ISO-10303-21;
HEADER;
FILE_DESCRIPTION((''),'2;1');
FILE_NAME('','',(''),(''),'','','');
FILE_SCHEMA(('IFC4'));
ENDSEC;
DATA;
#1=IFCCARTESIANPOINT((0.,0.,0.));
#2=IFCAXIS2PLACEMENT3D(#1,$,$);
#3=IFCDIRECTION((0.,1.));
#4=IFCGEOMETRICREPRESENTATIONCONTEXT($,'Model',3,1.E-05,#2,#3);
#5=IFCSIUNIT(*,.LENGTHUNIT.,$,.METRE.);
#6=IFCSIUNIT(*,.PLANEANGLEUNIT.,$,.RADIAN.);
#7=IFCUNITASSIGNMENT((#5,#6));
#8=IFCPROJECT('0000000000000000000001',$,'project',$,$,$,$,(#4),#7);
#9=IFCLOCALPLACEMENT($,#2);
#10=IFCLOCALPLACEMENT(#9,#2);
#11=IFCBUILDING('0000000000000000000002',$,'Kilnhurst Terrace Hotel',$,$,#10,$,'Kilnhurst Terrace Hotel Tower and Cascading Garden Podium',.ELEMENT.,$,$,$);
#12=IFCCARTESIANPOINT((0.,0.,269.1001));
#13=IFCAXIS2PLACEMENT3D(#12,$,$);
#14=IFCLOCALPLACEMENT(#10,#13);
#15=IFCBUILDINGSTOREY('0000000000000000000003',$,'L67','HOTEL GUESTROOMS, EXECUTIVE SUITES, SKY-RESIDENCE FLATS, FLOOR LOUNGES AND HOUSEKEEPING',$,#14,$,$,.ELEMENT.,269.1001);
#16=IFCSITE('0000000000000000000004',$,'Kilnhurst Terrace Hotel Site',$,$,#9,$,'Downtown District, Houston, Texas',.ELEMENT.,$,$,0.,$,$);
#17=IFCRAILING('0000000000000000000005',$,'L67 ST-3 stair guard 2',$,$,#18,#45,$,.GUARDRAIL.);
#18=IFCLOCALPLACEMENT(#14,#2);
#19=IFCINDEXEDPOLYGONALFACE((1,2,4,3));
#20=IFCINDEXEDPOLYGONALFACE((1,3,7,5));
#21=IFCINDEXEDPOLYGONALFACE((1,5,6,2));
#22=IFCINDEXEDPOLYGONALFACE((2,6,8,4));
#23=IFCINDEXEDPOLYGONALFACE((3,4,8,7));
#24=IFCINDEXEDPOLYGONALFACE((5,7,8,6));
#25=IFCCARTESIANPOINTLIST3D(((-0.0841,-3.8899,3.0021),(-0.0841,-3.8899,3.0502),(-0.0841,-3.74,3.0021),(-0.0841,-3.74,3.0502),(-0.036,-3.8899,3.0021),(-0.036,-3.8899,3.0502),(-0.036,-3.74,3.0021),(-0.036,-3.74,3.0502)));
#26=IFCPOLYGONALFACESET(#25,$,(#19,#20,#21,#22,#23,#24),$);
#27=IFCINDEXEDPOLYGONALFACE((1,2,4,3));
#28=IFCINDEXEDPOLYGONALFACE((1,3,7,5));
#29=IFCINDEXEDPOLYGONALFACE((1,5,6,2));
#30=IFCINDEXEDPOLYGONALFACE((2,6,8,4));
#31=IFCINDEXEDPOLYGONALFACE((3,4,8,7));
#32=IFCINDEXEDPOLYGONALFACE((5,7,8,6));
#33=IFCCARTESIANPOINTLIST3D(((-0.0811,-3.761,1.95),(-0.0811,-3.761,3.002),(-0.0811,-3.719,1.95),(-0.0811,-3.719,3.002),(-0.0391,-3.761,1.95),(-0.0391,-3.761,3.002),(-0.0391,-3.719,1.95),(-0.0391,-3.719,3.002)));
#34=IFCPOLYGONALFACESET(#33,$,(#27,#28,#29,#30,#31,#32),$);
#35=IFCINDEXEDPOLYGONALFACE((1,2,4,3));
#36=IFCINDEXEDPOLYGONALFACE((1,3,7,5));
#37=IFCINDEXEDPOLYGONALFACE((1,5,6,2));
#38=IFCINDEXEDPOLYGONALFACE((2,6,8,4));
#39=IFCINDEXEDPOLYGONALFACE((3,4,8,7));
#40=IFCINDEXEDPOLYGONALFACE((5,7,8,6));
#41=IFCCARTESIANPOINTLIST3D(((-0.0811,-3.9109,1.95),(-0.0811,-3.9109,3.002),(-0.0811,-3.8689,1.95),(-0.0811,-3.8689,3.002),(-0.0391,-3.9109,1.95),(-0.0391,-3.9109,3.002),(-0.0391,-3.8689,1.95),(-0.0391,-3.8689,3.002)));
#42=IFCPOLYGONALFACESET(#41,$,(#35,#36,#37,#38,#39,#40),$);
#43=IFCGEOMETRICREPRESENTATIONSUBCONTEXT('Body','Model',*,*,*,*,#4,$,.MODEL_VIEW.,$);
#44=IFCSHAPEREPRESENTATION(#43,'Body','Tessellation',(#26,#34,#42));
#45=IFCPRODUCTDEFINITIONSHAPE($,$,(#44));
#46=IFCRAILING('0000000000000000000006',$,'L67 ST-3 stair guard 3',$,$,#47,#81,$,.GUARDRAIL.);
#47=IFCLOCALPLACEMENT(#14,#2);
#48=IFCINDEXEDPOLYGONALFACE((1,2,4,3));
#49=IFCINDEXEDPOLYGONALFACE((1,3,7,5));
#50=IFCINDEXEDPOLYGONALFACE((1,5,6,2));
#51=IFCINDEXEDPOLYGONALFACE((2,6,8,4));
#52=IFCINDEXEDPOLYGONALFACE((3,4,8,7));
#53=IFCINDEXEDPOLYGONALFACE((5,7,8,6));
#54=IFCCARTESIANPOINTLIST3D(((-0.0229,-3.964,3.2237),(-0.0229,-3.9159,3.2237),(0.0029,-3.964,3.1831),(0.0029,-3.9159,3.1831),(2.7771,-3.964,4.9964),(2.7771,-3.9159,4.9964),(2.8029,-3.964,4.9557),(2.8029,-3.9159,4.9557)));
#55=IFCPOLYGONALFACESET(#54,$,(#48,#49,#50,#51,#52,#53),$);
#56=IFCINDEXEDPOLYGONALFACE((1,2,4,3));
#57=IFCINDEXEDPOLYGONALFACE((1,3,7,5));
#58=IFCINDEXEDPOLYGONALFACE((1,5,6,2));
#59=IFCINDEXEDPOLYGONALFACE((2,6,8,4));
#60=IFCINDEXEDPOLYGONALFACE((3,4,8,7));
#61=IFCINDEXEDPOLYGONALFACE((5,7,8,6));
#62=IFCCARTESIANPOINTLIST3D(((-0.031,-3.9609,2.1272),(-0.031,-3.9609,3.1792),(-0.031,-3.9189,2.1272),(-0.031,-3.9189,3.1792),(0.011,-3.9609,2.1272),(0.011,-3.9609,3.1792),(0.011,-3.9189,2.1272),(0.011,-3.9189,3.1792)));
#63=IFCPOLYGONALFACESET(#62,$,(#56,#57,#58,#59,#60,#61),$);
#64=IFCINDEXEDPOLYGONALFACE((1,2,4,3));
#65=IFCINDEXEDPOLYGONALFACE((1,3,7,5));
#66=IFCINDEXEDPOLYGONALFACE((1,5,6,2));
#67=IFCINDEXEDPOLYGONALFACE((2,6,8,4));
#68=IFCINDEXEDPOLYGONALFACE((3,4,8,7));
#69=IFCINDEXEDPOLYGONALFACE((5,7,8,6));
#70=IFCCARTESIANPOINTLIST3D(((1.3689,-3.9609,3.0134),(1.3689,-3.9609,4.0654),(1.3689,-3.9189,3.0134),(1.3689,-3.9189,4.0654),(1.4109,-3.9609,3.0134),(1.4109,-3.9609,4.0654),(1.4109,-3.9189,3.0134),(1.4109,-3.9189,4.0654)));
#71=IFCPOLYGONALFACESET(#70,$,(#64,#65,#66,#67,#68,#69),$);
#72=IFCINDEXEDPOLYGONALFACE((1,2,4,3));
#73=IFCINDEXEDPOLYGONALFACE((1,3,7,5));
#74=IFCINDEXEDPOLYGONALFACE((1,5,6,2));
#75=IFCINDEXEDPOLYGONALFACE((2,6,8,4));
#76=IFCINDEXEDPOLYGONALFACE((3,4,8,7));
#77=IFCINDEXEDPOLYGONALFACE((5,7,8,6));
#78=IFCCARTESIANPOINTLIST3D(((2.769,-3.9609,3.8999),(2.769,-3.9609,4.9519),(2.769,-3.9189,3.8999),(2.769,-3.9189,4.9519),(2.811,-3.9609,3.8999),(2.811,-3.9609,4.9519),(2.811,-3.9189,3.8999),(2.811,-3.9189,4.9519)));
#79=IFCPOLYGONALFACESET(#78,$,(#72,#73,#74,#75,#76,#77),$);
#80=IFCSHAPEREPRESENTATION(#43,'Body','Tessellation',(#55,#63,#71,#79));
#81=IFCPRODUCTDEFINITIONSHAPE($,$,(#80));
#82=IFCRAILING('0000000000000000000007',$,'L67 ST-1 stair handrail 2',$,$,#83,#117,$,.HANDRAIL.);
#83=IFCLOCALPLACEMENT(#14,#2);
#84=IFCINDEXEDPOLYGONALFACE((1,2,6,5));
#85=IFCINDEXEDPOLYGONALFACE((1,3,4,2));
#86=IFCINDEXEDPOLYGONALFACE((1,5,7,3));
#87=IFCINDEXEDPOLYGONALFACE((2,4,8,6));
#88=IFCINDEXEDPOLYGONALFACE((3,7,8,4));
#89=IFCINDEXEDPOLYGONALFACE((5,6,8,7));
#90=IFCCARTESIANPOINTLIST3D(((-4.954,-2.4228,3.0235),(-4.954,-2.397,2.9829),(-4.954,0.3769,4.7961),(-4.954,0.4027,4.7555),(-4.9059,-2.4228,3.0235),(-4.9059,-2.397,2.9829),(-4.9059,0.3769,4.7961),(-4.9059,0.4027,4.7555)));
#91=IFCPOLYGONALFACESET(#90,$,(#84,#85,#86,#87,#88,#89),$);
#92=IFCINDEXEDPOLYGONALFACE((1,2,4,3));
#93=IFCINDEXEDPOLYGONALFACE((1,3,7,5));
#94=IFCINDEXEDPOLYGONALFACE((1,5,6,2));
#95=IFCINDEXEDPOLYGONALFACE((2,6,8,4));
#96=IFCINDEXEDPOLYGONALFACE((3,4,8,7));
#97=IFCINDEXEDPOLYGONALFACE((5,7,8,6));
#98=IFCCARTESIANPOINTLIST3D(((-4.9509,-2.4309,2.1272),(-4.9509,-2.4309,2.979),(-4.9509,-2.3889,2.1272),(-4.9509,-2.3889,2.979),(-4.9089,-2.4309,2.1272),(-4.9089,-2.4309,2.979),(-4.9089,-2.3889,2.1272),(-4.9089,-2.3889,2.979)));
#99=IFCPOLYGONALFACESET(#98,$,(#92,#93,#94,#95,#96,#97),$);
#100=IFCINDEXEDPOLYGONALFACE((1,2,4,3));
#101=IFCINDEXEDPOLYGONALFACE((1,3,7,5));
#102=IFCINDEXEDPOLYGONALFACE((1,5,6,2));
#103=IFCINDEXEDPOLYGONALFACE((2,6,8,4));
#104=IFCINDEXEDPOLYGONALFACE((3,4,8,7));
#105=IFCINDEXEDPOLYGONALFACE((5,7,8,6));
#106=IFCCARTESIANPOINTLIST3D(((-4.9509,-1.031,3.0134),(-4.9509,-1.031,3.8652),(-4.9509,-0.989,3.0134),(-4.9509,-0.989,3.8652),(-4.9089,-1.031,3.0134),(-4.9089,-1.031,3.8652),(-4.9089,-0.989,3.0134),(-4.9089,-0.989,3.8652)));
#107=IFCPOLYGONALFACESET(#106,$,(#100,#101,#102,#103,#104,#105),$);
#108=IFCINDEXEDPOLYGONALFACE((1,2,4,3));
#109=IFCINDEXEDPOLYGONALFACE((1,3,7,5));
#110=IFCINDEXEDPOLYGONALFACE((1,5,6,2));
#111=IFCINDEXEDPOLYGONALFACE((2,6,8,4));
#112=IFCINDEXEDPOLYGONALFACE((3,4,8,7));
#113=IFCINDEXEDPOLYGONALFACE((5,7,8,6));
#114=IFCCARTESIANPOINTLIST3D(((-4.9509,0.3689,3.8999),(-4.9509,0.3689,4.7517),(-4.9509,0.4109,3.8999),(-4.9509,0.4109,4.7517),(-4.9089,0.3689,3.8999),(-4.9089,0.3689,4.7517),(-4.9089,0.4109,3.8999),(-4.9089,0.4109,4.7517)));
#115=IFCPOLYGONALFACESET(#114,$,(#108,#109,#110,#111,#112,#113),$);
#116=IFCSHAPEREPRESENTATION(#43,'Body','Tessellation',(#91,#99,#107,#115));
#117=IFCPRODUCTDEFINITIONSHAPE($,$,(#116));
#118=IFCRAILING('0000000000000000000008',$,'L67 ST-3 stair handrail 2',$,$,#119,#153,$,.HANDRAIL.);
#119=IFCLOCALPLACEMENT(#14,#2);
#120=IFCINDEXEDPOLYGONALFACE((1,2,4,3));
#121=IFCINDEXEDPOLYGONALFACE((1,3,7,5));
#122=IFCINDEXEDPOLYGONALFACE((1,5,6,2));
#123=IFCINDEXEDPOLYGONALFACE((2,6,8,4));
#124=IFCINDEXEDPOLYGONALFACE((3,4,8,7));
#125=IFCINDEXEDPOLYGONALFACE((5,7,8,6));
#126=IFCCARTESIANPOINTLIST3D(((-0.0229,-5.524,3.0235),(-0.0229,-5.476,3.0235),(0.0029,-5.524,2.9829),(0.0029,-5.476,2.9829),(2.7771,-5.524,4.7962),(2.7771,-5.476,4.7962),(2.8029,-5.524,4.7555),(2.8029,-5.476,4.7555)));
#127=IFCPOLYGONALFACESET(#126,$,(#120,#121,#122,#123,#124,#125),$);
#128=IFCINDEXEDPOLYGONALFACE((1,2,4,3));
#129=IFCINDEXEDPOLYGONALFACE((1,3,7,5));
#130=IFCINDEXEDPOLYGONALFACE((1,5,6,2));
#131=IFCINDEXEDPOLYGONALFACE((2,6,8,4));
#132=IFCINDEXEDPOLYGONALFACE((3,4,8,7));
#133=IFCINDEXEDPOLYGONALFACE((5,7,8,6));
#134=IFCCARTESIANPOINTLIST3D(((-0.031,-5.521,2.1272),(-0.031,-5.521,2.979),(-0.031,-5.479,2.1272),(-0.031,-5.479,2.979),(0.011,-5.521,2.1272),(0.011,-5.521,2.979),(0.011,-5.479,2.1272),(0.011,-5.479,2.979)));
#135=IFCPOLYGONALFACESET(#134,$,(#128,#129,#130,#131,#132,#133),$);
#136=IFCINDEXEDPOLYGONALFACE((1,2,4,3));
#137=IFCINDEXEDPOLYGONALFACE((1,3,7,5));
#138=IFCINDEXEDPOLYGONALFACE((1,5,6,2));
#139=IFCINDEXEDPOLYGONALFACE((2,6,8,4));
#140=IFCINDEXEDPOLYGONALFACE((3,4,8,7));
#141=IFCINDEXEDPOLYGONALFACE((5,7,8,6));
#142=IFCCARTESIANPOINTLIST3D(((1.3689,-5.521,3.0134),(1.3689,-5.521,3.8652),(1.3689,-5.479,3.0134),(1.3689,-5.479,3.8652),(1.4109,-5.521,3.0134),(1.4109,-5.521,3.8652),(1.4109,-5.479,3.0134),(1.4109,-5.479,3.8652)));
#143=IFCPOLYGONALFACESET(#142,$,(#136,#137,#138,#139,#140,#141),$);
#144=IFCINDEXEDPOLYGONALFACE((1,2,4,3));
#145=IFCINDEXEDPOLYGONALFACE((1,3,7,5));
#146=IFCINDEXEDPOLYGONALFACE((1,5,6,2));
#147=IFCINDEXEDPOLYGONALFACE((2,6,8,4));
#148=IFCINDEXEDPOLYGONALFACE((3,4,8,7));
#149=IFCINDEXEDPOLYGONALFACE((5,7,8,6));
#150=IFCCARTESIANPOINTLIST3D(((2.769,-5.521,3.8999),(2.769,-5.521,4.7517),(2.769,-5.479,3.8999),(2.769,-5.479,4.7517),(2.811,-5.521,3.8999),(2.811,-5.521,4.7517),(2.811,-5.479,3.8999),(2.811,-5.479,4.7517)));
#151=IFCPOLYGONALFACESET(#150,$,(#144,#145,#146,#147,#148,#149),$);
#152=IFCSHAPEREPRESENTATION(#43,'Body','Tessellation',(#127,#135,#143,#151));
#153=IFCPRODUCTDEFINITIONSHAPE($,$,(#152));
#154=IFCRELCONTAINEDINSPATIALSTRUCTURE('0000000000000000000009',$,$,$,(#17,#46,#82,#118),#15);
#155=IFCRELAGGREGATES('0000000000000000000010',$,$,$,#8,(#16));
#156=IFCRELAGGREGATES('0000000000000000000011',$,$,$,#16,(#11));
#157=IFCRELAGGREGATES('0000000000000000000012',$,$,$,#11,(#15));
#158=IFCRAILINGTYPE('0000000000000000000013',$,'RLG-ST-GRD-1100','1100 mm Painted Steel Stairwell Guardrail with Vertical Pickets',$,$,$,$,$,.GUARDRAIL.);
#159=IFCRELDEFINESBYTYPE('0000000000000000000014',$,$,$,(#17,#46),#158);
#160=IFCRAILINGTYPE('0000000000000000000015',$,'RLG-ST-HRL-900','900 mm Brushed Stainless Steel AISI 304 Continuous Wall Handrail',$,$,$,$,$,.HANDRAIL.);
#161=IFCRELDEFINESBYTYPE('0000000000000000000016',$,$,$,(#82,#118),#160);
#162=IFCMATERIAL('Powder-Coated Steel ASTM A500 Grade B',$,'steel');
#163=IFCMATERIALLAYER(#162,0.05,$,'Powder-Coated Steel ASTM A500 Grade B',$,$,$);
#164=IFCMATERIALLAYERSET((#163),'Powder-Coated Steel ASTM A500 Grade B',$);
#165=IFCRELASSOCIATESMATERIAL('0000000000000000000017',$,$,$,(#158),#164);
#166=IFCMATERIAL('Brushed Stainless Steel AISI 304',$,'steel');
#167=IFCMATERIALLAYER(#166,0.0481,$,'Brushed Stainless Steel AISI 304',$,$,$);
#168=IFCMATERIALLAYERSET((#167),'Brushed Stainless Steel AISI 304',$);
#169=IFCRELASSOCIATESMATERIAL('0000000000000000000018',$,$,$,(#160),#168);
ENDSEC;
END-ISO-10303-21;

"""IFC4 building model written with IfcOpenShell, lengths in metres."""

from ifc_helpers import new_model, si_unit, direction, frame, origin, origin_2d, place, context, subcontext, project, spatial, rectangle, extrude, material, layer, layer_set, type_object, element, save


model = new_model("IFC4")

# Units and contexts
model_context = context("Model", 3, precision=1e-05, world=origin(), true_north=direction((0.0, 1.0)))
body_context = subcontext(model_context, "Body", "Model", "MODEL_VIEW")
ifc_project = project(units=[si_unit("LENGTHUNIT", "METRE"), si_unit("PLANEANGLEUNIT", "RADIAN")], contexts=[model_context])

# Site, building, storey
site_placement = place(None, origin())
site = spatial("IfcSite", under=ifc_project, at=site_placement, Name="Kilnhurst Terrace Hotel Site", LongName="Downtown District, Houston, Texas", CompositionType="ELEMENT", RefElevation=0.0)
building_placement = place(site_placement, origin())
building = spatial("IfcBuilding", under=site, at=building_placement, Name="Kilnhurst Terrace Hotel", LongName="Kilnhurst Terrace Hotel Tower and Cascading Garden Podium", CompositionType="ELEMENT")
storey_placement = place(building_placement, frame((0.0, 0.0, 269.1001)))
storey = spatial("IfcBuildingStorey", under=building, at=storey_placement, Name="L67", Description="HOTEL GUESTROOMS, EXECUTIVE SUITES, SKY-RESIDENCE FLATS, FLOOR LOUNGES AND HOUSEKEEPING", CompositionType="ELEMENT", Elevation=269.1001)

# Railings
ifc_material_1 = material(Name="Powder-Coated Steel ASTM A500 Grade B", Category="steel")
ifc_layer_1 = layer(ifc_material_1, 0.05, Name="Powder-Coated Steel ASTM A500 Grade B")
ifc_layer_set_1 = layer_set([ifc_layer_1], Name="Powder-Coated Steel ASTM A500 Grade B")
railing_type_1 = type_object("IfcRailingType", Name="RLG-ST-GRD-1100", Description="1100 mm Painted Steel Stairwell Guardrail with Vertical Pickets", PredefinedType="GUARDRAIL", material=ifc_layer_set_1)
railing_1_placement = place(storey_placement, frame((-0.0601, -3.74, 1.95)))
element("IfcRailing", 1, at=railing_1_placement, inside=storey, type_object=railing_type_1, Name="L67 ST-3 stair guard 2", PredefinedType="GUARDRAIL", context=body_context, shape_type="SweptSolid", body=[
    extrude(rectangle(XDim=0.0481, YDim=0.0481, at=origin_2d()), frame((0.0, 0.0, 1.0762), z_axis=(0.0, -1.0, 0.0), x_axis=(1.0, 0.0, 0.0)), (0.0, 0.0, 1.0), 0.1499),
    extrude(rectangle(XDim=0.042, YDim=0.042, at=origin_2d()), origin(), (0.0, 0.0, 1.0), 1.052),
    extrude(rectangle(XDim=0.042, YDim=0.042, at=origin_2d()), frame((0.0, -0.1499, 0.0)), (0.0, 0.0, 1.0), 1.052),
])
railing_2_placement = place(storey_placement, frame((-0.01, -3.9399, 2.1272)))
element("IfcRailing", 2, at=railing_2_placement, inside=storey, type_object=railing_type_1, Name="L67 ST-3 stair guard 3", PredefinedType="GUARDRAIL", context=body_context, shape_type="SweptSolid", body=[
    extrude(rectangle(XDim=0.0481, YDim=0.0481, at=origin_2d()), frame((0.0, 0.0, 1.0762), z_axis=(0.844909, 0.0, 0.53491), x_axis=(0.0, 1.0, 0.0)), (0.0, 0.0, 1.0), 3.314),
    extrude(rectangle(XDim=0.042, YDim=0.042, at=origin_2d()), origin(), (0.0, 0.0, 1.0), 1.052),
    extrude(rectangle(XDim=0.042, YDim=0.042, at=origin_2d()), frame((1.3999, 0.0, 0.8862)), (0.0, 0.0, 1.0), 1.052),
    extrude(rectangle(XDim=0.042, YDim=0.042, at=origin_2d()), frame((2.8, 0.0, 1.7727)), (0.0, 0.0, 1.0), 1.052),
])
ifc_material_2 = material(Name="Brushed Stainless Steel AISI 304", Category="steel")
ifc_layer_2 = layer(ifc_material_2, 0.0481, Name="Brushed Stainless Steel AISI 304")
ifc_layer_set_2 = layer_set([ifc_layer_2], Name="Brushed Stainless Steel AISI 304")
railing_type_2 = type_object("IfcRailingType", Name="RLG-ST-HRL-900", Description="900 mm Brushed Stainless Steel AISI 304 Continuous Wall Handrail", PredefinedType="HANDRAIL", material=ifc_layer_set_2)
railing_3_placement = place(storey_placement, frame((-4.9299, -2.4099, 2.1272)))
element("IfcRailing", 3, at=railing_3_placement, inside=storey, type_object=railing_type_2, Name="L67 ST-1 stair handrail 2", PredefinedType="HANDRAIL", context=body_context, shape_type="SweptSolid", body=[
    extrude(rectangle(XDim=0.0481, YDim=0.0481, at=origin_2d()), frame((0.0, 0.0, 0.876), z_axis=(0.0, 0.844888, 0.534943), x_axis=(-1.0, 0.0, 0.0)), (0.0, 0.0, 1.0), 3.3137),
    extrude(rectangle(XDim=0.042, YDim=0.042, at=origin_2d()), origin(), (0.0, 0.0, 1.0), 0.8518),
    extrude(rectangle(XDim=0.042, YDim=0.042, at=origin_2d()), frame((0.0, 1.3999, 0.8862)), (0.0, 0.0, 1.0), 0.8518),
    extrude(rectangle(XDim=0.042, YDim=0.042, at=origin_2d()), frame((0.0, 2.7998, 1.7727)), (0.0, 0.0, 1.0), 0.8518),
])
railing_4_placement = place(storey_placement, frame((-0.01, -5.5, 2.1272)))
element("IfcRailing", 4, at=railing_4_placement, inside=storey, type_object=railing_type_2, Name="L67 ST-3 stair handrail 2", PredefinedType="HANDRAIL", context=body_context, shape_type="SweptSolid", body=[
    extrude(rectangle(XDim=0.0481, YDim=0.0481, at=origin_2d()), frame((0.0, 0.0, 0.876), z_axis=(0.844909, 0.0, 0.53491), x_axis=(0.0, 1.0, 0.0)), (0.0, 0.0, 1.0), 3.314),
    extrude(rectangle(XDim=0.042, YDim=0.042, at=origin_2d()), origin(), (0.0, 0.0, 1.0), 0.8518),
    extrude(rectangle(XDim=0.042, YDim=0.042, at=origin_2d()), frame((1.3999, 0.0, 0.8862)), (0.0, 0.0, 1.0), 0.8518),
    extrude(rectangle(XDim=0.042, YDim=0.042, at=origin_2d()), frame((2.8, 0.0, 1.7727)), (0.0, 0.0, 1.0), 0.8518),
])

save(model, "model.ifc")
